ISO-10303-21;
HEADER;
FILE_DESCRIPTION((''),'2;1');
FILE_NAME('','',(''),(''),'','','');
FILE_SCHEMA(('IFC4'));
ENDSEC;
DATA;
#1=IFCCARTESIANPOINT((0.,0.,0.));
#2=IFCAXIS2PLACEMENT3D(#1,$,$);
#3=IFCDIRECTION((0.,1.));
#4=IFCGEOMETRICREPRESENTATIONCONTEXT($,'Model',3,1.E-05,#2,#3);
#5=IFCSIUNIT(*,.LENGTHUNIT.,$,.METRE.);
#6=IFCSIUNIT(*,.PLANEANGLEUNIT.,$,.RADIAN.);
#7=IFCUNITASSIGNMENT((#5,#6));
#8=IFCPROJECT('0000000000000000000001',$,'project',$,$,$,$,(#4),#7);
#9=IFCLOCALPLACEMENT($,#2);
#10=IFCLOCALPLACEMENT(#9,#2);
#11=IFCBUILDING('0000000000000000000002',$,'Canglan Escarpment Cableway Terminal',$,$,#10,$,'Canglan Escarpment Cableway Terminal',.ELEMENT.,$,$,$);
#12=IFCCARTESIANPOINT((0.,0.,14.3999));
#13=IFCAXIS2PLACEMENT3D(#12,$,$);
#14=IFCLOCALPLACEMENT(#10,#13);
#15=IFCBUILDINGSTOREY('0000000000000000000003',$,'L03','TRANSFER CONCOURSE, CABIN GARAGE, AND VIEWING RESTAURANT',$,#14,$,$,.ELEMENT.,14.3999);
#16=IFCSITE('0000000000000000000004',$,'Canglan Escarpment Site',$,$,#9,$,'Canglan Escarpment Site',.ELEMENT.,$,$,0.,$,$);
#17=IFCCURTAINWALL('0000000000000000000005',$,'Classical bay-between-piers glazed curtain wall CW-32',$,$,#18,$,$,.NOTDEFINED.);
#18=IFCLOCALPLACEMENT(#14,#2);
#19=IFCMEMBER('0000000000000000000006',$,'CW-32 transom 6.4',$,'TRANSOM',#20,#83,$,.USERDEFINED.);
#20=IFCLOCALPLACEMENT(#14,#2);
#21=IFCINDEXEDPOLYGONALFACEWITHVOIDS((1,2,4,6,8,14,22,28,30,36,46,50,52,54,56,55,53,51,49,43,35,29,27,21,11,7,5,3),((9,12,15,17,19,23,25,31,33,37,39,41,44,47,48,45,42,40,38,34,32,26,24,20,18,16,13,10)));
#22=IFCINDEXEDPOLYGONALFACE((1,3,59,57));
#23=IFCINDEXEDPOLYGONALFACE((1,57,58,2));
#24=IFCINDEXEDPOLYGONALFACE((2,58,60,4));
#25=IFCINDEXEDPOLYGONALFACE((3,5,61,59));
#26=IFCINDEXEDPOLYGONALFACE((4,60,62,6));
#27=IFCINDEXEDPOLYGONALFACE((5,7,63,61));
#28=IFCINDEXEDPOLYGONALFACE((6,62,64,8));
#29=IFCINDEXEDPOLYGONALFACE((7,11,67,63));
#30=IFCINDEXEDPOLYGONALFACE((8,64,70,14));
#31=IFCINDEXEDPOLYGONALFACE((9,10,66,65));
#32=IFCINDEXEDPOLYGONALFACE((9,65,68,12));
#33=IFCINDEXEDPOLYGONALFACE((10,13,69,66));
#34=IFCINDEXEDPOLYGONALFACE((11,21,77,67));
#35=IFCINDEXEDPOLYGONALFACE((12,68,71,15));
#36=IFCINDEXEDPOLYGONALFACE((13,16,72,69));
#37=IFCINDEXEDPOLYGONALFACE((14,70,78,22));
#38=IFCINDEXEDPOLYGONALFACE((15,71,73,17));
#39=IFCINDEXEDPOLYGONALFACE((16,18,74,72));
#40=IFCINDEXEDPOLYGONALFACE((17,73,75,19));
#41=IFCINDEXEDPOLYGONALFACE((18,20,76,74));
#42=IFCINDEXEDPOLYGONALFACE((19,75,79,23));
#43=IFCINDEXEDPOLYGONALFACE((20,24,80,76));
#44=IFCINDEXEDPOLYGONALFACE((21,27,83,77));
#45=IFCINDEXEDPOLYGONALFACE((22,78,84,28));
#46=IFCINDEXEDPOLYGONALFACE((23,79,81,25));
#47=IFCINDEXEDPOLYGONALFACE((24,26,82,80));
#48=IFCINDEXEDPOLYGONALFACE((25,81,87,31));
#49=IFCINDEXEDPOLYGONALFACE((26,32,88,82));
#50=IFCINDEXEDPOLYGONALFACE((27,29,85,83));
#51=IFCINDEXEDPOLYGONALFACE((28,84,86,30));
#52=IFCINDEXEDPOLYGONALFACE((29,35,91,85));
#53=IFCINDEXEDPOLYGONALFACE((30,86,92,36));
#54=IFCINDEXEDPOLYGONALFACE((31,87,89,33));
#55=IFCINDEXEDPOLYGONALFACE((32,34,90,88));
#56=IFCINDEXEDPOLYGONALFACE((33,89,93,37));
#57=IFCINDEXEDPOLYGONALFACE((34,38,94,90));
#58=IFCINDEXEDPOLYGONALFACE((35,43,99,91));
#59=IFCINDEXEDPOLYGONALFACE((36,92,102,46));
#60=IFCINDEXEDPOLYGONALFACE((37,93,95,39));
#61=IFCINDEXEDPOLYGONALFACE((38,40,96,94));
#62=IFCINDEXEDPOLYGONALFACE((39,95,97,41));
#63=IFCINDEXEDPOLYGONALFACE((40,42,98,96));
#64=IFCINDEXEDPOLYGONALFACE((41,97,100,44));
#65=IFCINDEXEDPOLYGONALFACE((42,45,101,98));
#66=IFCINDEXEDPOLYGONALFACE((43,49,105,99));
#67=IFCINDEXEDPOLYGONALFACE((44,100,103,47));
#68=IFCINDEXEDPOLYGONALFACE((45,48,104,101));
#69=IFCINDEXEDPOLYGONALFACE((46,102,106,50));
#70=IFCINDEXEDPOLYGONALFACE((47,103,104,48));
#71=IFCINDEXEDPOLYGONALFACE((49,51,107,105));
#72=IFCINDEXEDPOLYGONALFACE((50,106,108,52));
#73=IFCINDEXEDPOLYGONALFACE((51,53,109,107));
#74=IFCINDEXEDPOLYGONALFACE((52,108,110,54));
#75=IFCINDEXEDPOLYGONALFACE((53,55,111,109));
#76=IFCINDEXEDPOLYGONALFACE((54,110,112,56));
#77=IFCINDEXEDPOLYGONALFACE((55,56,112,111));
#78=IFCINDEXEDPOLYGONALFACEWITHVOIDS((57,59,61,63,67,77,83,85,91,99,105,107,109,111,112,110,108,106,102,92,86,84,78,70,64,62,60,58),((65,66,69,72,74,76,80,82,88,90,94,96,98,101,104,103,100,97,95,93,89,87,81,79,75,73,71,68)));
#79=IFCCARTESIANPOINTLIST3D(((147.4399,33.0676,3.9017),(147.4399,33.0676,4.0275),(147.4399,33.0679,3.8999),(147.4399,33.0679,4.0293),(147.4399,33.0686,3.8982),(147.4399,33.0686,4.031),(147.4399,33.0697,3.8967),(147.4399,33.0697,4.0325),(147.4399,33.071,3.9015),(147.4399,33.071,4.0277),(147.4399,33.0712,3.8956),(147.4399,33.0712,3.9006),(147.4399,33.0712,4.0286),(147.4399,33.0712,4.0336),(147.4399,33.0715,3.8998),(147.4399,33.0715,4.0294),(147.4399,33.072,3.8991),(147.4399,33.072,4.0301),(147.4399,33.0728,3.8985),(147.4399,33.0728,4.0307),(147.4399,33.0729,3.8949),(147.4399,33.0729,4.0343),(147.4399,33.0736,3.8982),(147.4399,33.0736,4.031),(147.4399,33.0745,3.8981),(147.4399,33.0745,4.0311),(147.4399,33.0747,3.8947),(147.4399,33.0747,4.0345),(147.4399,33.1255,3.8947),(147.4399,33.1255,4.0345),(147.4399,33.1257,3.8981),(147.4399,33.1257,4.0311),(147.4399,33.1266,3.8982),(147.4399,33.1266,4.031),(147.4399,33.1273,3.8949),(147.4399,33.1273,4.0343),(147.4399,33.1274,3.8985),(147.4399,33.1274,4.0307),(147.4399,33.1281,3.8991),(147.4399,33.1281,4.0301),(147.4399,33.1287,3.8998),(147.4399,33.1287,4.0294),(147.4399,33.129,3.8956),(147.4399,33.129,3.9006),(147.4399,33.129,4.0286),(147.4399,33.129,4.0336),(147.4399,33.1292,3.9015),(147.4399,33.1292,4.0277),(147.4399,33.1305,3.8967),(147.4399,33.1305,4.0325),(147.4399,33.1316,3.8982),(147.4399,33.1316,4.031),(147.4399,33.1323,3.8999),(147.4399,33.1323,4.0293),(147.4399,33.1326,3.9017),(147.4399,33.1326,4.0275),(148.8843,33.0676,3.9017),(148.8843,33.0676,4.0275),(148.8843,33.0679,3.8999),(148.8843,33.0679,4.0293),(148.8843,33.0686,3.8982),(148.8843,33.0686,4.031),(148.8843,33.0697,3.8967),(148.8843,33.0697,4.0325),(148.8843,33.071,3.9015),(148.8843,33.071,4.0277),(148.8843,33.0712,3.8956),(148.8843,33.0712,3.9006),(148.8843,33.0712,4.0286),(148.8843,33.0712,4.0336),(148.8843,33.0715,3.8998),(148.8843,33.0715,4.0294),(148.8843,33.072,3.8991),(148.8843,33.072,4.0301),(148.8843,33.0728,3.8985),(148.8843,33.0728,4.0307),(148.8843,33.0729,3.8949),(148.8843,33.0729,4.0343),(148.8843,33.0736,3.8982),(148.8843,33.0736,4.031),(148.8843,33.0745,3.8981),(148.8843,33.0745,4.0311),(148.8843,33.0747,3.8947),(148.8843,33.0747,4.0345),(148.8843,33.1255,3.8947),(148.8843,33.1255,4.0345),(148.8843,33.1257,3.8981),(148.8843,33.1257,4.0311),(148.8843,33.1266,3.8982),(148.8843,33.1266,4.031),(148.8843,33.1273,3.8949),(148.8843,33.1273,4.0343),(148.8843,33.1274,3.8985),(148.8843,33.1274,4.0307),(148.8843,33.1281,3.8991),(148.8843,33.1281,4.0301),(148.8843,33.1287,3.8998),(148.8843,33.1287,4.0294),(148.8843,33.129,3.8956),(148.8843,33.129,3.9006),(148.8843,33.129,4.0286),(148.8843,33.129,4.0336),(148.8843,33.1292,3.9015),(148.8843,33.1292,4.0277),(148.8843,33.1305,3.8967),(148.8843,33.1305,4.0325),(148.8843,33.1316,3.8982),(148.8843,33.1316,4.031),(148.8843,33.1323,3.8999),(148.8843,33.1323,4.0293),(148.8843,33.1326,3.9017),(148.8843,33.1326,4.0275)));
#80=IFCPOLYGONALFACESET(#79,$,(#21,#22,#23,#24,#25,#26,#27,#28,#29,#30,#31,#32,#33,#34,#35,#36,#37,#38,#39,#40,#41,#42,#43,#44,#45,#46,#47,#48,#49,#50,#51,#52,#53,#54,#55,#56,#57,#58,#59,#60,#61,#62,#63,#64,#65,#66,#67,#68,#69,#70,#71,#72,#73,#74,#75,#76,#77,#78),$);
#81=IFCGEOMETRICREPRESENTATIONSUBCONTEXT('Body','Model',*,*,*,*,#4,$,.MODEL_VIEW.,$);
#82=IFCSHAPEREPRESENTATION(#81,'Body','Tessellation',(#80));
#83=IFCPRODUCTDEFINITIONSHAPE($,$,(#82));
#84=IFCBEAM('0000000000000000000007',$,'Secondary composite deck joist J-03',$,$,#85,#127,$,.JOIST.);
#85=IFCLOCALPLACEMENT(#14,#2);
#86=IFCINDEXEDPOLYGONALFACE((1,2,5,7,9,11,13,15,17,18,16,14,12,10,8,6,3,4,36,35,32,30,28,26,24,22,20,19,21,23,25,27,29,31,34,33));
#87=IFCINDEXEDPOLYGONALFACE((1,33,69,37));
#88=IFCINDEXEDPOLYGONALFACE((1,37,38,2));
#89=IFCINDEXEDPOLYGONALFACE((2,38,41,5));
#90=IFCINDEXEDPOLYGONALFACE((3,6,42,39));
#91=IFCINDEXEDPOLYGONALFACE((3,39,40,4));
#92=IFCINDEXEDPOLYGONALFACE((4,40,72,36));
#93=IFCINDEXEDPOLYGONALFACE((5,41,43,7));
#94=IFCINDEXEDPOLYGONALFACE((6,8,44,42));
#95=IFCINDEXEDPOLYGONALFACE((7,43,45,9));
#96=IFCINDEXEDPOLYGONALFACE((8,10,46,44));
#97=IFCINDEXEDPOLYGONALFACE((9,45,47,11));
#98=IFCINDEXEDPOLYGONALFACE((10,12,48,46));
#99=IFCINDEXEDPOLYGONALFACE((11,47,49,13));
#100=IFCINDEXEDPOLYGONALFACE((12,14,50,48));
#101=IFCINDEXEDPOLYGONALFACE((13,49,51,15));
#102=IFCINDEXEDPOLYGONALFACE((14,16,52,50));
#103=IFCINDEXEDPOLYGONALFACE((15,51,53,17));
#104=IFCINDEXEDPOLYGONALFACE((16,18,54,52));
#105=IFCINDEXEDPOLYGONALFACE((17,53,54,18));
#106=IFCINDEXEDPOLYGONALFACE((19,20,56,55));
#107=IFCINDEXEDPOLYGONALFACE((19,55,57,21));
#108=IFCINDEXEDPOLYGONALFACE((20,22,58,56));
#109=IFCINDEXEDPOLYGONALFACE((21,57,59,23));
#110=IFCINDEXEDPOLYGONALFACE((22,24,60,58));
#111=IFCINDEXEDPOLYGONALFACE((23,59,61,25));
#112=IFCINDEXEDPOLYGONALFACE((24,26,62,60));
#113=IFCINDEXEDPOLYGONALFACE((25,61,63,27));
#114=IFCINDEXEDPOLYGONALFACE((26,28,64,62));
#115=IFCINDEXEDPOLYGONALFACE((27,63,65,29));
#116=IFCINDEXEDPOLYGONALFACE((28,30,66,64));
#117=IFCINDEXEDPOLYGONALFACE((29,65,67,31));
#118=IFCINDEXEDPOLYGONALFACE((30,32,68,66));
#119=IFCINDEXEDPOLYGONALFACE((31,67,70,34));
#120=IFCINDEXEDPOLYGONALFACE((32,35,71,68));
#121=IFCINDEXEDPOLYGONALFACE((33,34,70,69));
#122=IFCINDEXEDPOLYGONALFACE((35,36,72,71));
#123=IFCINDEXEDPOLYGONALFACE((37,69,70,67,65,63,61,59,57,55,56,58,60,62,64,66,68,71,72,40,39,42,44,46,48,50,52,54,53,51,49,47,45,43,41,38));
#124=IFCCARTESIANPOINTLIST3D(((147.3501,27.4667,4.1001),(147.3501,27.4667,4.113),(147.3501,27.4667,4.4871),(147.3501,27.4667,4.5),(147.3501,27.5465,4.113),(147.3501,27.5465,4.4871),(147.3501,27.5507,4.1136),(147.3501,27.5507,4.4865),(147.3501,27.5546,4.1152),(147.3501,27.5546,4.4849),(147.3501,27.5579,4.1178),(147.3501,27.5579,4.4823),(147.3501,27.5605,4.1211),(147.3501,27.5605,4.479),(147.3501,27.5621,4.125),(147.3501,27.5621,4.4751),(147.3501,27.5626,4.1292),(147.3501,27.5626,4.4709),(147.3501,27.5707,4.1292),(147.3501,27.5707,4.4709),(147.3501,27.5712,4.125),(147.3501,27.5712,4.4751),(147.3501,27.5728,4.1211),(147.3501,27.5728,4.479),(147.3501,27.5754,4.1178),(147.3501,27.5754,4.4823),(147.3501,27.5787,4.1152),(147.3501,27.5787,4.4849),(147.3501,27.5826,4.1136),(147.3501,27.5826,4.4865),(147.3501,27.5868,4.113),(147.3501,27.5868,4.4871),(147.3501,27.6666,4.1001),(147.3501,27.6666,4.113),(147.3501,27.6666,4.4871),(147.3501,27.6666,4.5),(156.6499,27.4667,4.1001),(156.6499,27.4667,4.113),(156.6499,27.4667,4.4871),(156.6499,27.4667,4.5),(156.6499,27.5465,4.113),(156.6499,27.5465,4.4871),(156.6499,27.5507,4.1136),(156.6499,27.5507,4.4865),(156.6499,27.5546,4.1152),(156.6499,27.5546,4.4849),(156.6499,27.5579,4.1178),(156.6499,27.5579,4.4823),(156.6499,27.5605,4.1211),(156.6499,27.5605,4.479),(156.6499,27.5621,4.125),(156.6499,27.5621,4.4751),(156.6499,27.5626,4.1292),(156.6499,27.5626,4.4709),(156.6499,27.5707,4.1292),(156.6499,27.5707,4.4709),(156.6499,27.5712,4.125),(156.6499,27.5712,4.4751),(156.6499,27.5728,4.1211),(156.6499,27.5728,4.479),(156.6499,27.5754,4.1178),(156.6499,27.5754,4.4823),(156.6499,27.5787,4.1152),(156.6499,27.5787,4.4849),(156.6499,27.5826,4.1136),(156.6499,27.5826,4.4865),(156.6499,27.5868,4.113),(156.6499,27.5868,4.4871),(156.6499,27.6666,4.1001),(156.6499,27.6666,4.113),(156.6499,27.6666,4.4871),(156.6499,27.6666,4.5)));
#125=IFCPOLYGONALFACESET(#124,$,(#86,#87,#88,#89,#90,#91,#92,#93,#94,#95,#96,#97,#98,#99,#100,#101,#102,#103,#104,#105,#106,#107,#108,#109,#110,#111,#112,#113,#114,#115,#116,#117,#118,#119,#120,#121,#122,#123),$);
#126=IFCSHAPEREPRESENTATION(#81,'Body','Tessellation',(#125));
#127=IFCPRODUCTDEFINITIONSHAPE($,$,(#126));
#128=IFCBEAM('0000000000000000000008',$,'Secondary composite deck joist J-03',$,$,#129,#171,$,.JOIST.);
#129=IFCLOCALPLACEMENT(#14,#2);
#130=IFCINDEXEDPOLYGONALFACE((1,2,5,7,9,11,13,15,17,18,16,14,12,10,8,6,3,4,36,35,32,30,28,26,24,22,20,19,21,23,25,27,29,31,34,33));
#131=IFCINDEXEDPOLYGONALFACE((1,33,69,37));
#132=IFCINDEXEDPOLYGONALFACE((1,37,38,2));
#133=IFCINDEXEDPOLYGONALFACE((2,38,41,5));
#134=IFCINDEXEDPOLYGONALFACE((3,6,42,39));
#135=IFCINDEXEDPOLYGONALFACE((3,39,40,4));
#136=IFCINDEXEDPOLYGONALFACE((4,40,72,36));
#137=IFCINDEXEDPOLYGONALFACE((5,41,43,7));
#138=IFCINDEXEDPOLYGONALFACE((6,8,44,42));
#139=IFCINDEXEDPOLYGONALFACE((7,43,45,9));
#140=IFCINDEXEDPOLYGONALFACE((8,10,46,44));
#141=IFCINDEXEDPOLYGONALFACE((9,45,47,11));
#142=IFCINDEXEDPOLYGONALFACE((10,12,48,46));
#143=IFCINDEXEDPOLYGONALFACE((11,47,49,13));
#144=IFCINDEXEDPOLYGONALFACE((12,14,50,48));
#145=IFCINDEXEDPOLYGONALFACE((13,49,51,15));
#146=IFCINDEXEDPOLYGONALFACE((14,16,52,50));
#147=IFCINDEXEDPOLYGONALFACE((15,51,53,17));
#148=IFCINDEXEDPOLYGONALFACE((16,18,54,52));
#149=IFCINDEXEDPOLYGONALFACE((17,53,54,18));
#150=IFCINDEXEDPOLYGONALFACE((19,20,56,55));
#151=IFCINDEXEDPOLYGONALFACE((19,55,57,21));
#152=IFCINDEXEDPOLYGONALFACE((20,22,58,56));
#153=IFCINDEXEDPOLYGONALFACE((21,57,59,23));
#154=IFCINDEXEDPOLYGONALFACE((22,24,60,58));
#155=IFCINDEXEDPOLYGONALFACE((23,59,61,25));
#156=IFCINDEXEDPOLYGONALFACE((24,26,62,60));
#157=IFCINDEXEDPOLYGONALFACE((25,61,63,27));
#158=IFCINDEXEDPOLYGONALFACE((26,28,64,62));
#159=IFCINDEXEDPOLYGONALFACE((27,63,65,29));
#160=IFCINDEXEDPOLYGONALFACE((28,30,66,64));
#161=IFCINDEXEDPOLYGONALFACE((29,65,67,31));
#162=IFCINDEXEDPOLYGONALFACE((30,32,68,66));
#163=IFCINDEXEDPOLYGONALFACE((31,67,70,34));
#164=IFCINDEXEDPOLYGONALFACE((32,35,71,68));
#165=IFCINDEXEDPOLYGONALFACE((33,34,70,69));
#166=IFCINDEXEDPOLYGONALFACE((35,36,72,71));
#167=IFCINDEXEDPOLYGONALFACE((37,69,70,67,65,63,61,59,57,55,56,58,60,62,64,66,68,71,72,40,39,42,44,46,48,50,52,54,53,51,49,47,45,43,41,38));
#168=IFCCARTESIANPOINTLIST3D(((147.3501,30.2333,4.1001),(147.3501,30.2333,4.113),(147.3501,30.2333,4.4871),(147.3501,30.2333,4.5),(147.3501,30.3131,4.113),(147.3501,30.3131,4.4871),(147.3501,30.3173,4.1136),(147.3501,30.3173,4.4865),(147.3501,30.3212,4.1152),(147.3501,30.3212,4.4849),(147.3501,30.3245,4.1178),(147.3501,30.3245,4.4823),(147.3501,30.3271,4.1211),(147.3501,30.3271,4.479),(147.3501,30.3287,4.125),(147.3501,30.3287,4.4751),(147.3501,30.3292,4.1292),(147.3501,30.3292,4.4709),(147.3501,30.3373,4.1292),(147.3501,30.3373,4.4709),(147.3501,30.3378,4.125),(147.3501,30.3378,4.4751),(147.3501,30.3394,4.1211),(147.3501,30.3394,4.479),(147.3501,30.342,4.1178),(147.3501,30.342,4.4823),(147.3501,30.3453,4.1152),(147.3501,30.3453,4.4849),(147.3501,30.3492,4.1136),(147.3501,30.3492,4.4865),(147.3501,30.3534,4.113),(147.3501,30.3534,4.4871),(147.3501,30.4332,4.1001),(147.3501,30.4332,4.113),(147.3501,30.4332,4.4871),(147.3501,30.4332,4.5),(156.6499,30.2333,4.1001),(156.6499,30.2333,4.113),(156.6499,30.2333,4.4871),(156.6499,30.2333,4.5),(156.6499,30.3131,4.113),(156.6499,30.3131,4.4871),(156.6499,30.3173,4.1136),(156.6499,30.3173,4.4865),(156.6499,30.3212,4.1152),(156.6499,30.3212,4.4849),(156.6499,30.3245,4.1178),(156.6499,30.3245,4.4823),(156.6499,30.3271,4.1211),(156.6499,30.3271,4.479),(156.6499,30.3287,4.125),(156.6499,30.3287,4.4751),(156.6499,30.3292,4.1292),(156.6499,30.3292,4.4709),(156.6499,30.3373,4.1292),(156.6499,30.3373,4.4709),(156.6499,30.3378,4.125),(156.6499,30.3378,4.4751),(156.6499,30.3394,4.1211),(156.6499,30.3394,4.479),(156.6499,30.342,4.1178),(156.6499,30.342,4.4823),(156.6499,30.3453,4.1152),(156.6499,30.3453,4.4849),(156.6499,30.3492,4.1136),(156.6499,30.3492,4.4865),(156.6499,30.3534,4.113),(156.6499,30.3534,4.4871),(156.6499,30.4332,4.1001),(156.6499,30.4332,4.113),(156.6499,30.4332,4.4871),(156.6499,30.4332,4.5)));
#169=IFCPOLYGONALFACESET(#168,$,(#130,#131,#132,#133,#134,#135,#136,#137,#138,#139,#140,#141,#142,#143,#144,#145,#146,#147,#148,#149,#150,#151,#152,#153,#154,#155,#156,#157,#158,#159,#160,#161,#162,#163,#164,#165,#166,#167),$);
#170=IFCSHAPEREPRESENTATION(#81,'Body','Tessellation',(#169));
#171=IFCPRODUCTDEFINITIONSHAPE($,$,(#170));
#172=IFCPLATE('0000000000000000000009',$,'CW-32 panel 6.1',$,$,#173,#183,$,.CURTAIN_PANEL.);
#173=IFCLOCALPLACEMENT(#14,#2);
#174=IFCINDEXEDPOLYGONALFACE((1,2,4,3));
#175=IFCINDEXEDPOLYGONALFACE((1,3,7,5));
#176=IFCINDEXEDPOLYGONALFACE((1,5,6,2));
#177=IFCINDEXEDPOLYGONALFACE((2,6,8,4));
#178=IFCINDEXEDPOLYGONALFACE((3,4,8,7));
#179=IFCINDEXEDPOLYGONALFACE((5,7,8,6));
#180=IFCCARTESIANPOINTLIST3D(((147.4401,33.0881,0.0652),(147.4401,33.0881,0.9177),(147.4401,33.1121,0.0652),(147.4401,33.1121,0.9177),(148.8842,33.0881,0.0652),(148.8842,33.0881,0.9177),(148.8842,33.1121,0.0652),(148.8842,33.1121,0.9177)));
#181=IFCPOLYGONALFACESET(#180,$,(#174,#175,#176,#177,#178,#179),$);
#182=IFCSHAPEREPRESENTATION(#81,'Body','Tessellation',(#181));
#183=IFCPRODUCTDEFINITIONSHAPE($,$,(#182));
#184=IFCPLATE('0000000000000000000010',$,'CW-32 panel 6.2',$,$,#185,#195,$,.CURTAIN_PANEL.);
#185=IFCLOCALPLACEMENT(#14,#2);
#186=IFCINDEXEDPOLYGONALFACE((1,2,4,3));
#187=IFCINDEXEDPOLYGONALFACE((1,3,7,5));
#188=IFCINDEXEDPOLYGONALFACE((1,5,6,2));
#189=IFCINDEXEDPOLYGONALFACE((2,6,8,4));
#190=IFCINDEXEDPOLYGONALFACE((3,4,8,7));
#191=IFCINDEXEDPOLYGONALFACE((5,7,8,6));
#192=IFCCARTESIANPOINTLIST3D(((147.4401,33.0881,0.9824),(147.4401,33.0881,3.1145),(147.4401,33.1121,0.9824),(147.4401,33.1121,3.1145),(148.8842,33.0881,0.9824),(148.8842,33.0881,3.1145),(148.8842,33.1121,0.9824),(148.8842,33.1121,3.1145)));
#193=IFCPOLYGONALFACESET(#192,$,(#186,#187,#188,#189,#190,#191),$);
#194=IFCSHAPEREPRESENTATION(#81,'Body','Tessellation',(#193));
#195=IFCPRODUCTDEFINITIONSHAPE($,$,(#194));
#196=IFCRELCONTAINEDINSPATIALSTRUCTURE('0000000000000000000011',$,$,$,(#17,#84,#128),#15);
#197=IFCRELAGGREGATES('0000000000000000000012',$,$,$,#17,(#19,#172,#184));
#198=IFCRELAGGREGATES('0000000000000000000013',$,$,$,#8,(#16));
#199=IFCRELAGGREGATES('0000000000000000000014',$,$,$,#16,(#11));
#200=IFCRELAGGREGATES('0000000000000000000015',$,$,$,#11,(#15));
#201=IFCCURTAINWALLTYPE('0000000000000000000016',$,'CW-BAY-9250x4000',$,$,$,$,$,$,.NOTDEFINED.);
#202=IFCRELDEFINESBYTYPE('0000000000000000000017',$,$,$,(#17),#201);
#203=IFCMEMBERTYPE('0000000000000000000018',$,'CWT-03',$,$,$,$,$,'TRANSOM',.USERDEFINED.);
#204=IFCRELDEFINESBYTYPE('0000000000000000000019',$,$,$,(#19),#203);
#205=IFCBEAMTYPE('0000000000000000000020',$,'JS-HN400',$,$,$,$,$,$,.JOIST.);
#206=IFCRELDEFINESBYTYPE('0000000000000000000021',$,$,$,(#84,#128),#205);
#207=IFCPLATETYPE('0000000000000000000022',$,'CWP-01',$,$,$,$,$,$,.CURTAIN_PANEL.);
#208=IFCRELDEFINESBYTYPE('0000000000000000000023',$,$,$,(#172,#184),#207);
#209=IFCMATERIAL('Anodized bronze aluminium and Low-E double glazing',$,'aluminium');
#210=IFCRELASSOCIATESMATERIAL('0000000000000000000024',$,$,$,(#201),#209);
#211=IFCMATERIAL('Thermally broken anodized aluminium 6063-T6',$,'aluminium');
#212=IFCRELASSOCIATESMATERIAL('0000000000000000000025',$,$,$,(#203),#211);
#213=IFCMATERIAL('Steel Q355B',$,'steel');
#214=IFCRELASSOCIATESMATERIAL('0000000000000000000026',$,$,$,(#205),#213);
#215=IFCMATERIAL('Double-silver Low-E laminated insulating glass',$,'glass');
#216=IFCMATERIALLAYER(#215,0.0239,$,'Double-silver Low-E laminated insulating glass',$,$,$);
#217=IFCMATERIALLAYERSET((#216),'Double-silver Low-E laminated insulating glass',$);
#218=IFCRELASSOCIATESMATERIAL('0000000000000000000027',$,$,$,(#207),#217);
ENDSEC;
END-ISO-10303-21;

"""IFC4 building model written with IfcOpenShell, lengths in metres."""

from ifc_helpers import new_model, si_unit, direction, frame, origin, origin_2d, place, context, subcontext, project, spatial, rectangle, hollow_rectangle, i_section, extrude, material, layer, layer_set, material_profile, profile_set, type_object, element, aggregate, save


model = new_model("IFC4")

# Units and contexts
model_context = context("Model", 3, precision=1e-05, world=origin(), true_north=direction((0.0, 1.0)))
body_context = subcontext(model_context, "Body", "Model", "MODEL_VIEW")
ifc_project = project(units=[si_unit("LENGTHUNIT", "METRE"), si_unit("PLANEANGLEUNIT", "RADIAN")], contexts=[model_context])

# Site, building, storey
site_placement = place(None, origin())
site = spatial("IfcSite", under=ifc_project, at=site_placement, Name="Canglan Escarpment Site", LongName="Canglan Escarpment Site", CompositionType="ELEMENT", RefElevation=0.0)
building_placement = place(site_placement, origin())
building = spatial("IfcBuilding", under=site, at=building_placement, Name="Canglan Escarpment Cableway Terminal", LongName="Canglan Escarpment Cableway Terminal", CompositionType="ELEMENT")
storey_placement = place(building_placement, frame((0.0, 0.0, 14.3999)))
storey = spatial("IfcBuildingStorey", under=building, at=storey_placement, Name="L03", Description="TRANSFER CONCOURSE, CABIN GARAGE, AND VIEWING RESTAURANT", CompositionType="ELEMENT", Elevation=14.3999)

# Shared definitions
ifc_material_1 = material(Name="Steel Q355B", Category="steel")

# Curtain wall, member
ifc_material_2 = material(Name="Anodized bronze aluminium and Low-E double glazing", Category="aluminium")
curtain_wall_type = type_object("IfcCurtainWallType", Name="CW-BAY-9250x4000", PredefinedType="NOTDEFINED", material=ifc_material_2)
curtain_wall_placement = place(storey_placement, origin())
curtain_wall = element("IfcCurtainWall", 1, at=curtain_wall_placement, inside=storey, type_object=curtain_wall_type, Name="Classical bay-between-piers glazed curtain wall CW-32", PredefinedType="NOTDEFINED")
ifc_material_3 = material(Name="Thermally broken anodized aluminium 6063-T6", Category="aluminium")
ifc_material_profile_1 = material_profile(ifc_material_3, hollow_rectangle(XDim=0.0649, YDim=0.1399, WallThickness=0.0034, InnerFilletRadius=0.0034, OuterFilletRadius=0.0071, at=origin_2d()), Name="ALU-TRAN 65x140x3.5")
ifc_profile_set_1 = profile_set([ifc_material_profile_1], Name="Thermally broken anodized aluminium 6063-T6")
member_type_1 = type_object("IfcMemberType", Name="CWT-03", ElementType="TRANSOM", PredefinedType="USERDEFINED", material=ifc_profile_set_1)
member_1_placement = place(storey_placement, frame((148.8843, 33.1001, 3.9646), z_axis=(-1.0, 0.0, 0.0), x_axis=(0.0, -1.0, 0.0)))
member_1 = element("IfcMember", 2, at=member_1_placement, type_object=member_type_1, Name="CW-32 transom 6.4", ObjectType="TRANSOM", PredefinedType="USERDEFINED", context=body_context, shape_type="SweptSolid", body=[
    extrude(hollow_rectangle(XDim=0.0649, YDim=0.1399, WallThickness=0.0034, InnerFilletRadius=0.0034, OuterFilletRadius=0.0071, at=origin_2d()), origin(), (0.0, 0.0, 1.0), 1.4443),
])

# Beams
ifc_material_profile_2 = material_profile(ifc_material_1, i_section(OverallWidth=0.2, OverallDepth=0.3999, WebThickness=0.0081, FlangeThickness=0.0129, FilletRadius=0.0161, at=origin_2d()), Name="HN 400x200x8x13")
ifc_profile_set_2 = profile_set([ifc_material_profile_2], Name="Steel Q355B")
beam_type_1 = type_object("IfcBeamType", Name="JS-HN400", PredefinedType="JOIST", material=ifc_profile_set_2)
for number, where, z_axis, x_axis, name in (
    (3, (147.3501, 27.5667, 4.3), (1.0, 0.0, 0.0), (0.0, 1.0, 0.0), "Secondary composite deck joist J-03"),
    (4, (147.3501, 30.3333, 4.3), (1.0, 0.0, 0.0), (0.0, 1.0, 0.0), "Secondary composite deck joist J-03"),
):
    element("IfcBeam", number, at=place(storey_placement, frame(where, z_axis=z_axis, x_axis=x_axis)), inside=storey, type_object=beam_type_1, Name=name, PredefinedType="JOIST", context=body_context, shape_type="SweptSolid", body=[
        extrude(i_section(OverallWidth=0.2, OverallDepth=0.3999, WebThickness=0.0081, FlangeThickness=0.0129, FilletRadius=0.0161, at=origin_2d()), origin(), (0.0, 0.0, 1.0), 9.2998),
    ])

# Plates
ifc_material_4 = material(Name="Double-silver Low-E laminated insulating glass", Category="glass")
ifc_layer_1 = layer(ifc_material_4, 0.0239, Name="Double-silver Low-E laminated insulating glass")
ifc_layer_set_1 = layer_set([ifc_layer_1], Name="Double-silver Low-E laminated insulating glass")
plate_type = type_object("IfcPlateType", Name="CWP-01", PredefinedType="CURTAIN_PANEL", material=ifc_layer_set_1)
plate_1_placement = place(storey_placement, frame((148.1621, 33.1001, 0.0652), z_axis=(0.0, 0.0, 1.0), x_axis=(-1.0, 0.0, 0.0)))
plate_1 = element("IfcPlate", 5, at=plate_1_placement, type_object=plate_type, Name="CW-32 panel 6.1", PredefinedType="CURTAIN_PANEL", context=body_context, shape_type="SweptSolid", body=[
    extrude(rectangle(XDim=1.4441, YDim=0.0239, at=origin_2d()), origin(), (0.0, 0.0, 1.0), 0.8525),
])
plate_2_placement = place(storey_placement, frame((148.1621, 33.1001, 0.9824), z_axis=(0.0, 0.0, 1.0), x_axis=(-1.0, 0.0, 0.0)))
plate_2 = element("IfcPlate", 6, at=plate_2_placement, type_object=plate_type, Name="CW-32 panel 6.2", PredefinedType="CURTAIN_PANEL", context=body_context, shape_type="SweptSolid", body=[
    extrude(rectangle(XDim=1.4441, YDim=0.0239, at=origin_2d()), origin(), (0.0, 0.0, 1.0), 2.1321),
])
aggregate(curtain_wall, [member_1, plate_1, plate_2])

save(model, "model.ifc")
